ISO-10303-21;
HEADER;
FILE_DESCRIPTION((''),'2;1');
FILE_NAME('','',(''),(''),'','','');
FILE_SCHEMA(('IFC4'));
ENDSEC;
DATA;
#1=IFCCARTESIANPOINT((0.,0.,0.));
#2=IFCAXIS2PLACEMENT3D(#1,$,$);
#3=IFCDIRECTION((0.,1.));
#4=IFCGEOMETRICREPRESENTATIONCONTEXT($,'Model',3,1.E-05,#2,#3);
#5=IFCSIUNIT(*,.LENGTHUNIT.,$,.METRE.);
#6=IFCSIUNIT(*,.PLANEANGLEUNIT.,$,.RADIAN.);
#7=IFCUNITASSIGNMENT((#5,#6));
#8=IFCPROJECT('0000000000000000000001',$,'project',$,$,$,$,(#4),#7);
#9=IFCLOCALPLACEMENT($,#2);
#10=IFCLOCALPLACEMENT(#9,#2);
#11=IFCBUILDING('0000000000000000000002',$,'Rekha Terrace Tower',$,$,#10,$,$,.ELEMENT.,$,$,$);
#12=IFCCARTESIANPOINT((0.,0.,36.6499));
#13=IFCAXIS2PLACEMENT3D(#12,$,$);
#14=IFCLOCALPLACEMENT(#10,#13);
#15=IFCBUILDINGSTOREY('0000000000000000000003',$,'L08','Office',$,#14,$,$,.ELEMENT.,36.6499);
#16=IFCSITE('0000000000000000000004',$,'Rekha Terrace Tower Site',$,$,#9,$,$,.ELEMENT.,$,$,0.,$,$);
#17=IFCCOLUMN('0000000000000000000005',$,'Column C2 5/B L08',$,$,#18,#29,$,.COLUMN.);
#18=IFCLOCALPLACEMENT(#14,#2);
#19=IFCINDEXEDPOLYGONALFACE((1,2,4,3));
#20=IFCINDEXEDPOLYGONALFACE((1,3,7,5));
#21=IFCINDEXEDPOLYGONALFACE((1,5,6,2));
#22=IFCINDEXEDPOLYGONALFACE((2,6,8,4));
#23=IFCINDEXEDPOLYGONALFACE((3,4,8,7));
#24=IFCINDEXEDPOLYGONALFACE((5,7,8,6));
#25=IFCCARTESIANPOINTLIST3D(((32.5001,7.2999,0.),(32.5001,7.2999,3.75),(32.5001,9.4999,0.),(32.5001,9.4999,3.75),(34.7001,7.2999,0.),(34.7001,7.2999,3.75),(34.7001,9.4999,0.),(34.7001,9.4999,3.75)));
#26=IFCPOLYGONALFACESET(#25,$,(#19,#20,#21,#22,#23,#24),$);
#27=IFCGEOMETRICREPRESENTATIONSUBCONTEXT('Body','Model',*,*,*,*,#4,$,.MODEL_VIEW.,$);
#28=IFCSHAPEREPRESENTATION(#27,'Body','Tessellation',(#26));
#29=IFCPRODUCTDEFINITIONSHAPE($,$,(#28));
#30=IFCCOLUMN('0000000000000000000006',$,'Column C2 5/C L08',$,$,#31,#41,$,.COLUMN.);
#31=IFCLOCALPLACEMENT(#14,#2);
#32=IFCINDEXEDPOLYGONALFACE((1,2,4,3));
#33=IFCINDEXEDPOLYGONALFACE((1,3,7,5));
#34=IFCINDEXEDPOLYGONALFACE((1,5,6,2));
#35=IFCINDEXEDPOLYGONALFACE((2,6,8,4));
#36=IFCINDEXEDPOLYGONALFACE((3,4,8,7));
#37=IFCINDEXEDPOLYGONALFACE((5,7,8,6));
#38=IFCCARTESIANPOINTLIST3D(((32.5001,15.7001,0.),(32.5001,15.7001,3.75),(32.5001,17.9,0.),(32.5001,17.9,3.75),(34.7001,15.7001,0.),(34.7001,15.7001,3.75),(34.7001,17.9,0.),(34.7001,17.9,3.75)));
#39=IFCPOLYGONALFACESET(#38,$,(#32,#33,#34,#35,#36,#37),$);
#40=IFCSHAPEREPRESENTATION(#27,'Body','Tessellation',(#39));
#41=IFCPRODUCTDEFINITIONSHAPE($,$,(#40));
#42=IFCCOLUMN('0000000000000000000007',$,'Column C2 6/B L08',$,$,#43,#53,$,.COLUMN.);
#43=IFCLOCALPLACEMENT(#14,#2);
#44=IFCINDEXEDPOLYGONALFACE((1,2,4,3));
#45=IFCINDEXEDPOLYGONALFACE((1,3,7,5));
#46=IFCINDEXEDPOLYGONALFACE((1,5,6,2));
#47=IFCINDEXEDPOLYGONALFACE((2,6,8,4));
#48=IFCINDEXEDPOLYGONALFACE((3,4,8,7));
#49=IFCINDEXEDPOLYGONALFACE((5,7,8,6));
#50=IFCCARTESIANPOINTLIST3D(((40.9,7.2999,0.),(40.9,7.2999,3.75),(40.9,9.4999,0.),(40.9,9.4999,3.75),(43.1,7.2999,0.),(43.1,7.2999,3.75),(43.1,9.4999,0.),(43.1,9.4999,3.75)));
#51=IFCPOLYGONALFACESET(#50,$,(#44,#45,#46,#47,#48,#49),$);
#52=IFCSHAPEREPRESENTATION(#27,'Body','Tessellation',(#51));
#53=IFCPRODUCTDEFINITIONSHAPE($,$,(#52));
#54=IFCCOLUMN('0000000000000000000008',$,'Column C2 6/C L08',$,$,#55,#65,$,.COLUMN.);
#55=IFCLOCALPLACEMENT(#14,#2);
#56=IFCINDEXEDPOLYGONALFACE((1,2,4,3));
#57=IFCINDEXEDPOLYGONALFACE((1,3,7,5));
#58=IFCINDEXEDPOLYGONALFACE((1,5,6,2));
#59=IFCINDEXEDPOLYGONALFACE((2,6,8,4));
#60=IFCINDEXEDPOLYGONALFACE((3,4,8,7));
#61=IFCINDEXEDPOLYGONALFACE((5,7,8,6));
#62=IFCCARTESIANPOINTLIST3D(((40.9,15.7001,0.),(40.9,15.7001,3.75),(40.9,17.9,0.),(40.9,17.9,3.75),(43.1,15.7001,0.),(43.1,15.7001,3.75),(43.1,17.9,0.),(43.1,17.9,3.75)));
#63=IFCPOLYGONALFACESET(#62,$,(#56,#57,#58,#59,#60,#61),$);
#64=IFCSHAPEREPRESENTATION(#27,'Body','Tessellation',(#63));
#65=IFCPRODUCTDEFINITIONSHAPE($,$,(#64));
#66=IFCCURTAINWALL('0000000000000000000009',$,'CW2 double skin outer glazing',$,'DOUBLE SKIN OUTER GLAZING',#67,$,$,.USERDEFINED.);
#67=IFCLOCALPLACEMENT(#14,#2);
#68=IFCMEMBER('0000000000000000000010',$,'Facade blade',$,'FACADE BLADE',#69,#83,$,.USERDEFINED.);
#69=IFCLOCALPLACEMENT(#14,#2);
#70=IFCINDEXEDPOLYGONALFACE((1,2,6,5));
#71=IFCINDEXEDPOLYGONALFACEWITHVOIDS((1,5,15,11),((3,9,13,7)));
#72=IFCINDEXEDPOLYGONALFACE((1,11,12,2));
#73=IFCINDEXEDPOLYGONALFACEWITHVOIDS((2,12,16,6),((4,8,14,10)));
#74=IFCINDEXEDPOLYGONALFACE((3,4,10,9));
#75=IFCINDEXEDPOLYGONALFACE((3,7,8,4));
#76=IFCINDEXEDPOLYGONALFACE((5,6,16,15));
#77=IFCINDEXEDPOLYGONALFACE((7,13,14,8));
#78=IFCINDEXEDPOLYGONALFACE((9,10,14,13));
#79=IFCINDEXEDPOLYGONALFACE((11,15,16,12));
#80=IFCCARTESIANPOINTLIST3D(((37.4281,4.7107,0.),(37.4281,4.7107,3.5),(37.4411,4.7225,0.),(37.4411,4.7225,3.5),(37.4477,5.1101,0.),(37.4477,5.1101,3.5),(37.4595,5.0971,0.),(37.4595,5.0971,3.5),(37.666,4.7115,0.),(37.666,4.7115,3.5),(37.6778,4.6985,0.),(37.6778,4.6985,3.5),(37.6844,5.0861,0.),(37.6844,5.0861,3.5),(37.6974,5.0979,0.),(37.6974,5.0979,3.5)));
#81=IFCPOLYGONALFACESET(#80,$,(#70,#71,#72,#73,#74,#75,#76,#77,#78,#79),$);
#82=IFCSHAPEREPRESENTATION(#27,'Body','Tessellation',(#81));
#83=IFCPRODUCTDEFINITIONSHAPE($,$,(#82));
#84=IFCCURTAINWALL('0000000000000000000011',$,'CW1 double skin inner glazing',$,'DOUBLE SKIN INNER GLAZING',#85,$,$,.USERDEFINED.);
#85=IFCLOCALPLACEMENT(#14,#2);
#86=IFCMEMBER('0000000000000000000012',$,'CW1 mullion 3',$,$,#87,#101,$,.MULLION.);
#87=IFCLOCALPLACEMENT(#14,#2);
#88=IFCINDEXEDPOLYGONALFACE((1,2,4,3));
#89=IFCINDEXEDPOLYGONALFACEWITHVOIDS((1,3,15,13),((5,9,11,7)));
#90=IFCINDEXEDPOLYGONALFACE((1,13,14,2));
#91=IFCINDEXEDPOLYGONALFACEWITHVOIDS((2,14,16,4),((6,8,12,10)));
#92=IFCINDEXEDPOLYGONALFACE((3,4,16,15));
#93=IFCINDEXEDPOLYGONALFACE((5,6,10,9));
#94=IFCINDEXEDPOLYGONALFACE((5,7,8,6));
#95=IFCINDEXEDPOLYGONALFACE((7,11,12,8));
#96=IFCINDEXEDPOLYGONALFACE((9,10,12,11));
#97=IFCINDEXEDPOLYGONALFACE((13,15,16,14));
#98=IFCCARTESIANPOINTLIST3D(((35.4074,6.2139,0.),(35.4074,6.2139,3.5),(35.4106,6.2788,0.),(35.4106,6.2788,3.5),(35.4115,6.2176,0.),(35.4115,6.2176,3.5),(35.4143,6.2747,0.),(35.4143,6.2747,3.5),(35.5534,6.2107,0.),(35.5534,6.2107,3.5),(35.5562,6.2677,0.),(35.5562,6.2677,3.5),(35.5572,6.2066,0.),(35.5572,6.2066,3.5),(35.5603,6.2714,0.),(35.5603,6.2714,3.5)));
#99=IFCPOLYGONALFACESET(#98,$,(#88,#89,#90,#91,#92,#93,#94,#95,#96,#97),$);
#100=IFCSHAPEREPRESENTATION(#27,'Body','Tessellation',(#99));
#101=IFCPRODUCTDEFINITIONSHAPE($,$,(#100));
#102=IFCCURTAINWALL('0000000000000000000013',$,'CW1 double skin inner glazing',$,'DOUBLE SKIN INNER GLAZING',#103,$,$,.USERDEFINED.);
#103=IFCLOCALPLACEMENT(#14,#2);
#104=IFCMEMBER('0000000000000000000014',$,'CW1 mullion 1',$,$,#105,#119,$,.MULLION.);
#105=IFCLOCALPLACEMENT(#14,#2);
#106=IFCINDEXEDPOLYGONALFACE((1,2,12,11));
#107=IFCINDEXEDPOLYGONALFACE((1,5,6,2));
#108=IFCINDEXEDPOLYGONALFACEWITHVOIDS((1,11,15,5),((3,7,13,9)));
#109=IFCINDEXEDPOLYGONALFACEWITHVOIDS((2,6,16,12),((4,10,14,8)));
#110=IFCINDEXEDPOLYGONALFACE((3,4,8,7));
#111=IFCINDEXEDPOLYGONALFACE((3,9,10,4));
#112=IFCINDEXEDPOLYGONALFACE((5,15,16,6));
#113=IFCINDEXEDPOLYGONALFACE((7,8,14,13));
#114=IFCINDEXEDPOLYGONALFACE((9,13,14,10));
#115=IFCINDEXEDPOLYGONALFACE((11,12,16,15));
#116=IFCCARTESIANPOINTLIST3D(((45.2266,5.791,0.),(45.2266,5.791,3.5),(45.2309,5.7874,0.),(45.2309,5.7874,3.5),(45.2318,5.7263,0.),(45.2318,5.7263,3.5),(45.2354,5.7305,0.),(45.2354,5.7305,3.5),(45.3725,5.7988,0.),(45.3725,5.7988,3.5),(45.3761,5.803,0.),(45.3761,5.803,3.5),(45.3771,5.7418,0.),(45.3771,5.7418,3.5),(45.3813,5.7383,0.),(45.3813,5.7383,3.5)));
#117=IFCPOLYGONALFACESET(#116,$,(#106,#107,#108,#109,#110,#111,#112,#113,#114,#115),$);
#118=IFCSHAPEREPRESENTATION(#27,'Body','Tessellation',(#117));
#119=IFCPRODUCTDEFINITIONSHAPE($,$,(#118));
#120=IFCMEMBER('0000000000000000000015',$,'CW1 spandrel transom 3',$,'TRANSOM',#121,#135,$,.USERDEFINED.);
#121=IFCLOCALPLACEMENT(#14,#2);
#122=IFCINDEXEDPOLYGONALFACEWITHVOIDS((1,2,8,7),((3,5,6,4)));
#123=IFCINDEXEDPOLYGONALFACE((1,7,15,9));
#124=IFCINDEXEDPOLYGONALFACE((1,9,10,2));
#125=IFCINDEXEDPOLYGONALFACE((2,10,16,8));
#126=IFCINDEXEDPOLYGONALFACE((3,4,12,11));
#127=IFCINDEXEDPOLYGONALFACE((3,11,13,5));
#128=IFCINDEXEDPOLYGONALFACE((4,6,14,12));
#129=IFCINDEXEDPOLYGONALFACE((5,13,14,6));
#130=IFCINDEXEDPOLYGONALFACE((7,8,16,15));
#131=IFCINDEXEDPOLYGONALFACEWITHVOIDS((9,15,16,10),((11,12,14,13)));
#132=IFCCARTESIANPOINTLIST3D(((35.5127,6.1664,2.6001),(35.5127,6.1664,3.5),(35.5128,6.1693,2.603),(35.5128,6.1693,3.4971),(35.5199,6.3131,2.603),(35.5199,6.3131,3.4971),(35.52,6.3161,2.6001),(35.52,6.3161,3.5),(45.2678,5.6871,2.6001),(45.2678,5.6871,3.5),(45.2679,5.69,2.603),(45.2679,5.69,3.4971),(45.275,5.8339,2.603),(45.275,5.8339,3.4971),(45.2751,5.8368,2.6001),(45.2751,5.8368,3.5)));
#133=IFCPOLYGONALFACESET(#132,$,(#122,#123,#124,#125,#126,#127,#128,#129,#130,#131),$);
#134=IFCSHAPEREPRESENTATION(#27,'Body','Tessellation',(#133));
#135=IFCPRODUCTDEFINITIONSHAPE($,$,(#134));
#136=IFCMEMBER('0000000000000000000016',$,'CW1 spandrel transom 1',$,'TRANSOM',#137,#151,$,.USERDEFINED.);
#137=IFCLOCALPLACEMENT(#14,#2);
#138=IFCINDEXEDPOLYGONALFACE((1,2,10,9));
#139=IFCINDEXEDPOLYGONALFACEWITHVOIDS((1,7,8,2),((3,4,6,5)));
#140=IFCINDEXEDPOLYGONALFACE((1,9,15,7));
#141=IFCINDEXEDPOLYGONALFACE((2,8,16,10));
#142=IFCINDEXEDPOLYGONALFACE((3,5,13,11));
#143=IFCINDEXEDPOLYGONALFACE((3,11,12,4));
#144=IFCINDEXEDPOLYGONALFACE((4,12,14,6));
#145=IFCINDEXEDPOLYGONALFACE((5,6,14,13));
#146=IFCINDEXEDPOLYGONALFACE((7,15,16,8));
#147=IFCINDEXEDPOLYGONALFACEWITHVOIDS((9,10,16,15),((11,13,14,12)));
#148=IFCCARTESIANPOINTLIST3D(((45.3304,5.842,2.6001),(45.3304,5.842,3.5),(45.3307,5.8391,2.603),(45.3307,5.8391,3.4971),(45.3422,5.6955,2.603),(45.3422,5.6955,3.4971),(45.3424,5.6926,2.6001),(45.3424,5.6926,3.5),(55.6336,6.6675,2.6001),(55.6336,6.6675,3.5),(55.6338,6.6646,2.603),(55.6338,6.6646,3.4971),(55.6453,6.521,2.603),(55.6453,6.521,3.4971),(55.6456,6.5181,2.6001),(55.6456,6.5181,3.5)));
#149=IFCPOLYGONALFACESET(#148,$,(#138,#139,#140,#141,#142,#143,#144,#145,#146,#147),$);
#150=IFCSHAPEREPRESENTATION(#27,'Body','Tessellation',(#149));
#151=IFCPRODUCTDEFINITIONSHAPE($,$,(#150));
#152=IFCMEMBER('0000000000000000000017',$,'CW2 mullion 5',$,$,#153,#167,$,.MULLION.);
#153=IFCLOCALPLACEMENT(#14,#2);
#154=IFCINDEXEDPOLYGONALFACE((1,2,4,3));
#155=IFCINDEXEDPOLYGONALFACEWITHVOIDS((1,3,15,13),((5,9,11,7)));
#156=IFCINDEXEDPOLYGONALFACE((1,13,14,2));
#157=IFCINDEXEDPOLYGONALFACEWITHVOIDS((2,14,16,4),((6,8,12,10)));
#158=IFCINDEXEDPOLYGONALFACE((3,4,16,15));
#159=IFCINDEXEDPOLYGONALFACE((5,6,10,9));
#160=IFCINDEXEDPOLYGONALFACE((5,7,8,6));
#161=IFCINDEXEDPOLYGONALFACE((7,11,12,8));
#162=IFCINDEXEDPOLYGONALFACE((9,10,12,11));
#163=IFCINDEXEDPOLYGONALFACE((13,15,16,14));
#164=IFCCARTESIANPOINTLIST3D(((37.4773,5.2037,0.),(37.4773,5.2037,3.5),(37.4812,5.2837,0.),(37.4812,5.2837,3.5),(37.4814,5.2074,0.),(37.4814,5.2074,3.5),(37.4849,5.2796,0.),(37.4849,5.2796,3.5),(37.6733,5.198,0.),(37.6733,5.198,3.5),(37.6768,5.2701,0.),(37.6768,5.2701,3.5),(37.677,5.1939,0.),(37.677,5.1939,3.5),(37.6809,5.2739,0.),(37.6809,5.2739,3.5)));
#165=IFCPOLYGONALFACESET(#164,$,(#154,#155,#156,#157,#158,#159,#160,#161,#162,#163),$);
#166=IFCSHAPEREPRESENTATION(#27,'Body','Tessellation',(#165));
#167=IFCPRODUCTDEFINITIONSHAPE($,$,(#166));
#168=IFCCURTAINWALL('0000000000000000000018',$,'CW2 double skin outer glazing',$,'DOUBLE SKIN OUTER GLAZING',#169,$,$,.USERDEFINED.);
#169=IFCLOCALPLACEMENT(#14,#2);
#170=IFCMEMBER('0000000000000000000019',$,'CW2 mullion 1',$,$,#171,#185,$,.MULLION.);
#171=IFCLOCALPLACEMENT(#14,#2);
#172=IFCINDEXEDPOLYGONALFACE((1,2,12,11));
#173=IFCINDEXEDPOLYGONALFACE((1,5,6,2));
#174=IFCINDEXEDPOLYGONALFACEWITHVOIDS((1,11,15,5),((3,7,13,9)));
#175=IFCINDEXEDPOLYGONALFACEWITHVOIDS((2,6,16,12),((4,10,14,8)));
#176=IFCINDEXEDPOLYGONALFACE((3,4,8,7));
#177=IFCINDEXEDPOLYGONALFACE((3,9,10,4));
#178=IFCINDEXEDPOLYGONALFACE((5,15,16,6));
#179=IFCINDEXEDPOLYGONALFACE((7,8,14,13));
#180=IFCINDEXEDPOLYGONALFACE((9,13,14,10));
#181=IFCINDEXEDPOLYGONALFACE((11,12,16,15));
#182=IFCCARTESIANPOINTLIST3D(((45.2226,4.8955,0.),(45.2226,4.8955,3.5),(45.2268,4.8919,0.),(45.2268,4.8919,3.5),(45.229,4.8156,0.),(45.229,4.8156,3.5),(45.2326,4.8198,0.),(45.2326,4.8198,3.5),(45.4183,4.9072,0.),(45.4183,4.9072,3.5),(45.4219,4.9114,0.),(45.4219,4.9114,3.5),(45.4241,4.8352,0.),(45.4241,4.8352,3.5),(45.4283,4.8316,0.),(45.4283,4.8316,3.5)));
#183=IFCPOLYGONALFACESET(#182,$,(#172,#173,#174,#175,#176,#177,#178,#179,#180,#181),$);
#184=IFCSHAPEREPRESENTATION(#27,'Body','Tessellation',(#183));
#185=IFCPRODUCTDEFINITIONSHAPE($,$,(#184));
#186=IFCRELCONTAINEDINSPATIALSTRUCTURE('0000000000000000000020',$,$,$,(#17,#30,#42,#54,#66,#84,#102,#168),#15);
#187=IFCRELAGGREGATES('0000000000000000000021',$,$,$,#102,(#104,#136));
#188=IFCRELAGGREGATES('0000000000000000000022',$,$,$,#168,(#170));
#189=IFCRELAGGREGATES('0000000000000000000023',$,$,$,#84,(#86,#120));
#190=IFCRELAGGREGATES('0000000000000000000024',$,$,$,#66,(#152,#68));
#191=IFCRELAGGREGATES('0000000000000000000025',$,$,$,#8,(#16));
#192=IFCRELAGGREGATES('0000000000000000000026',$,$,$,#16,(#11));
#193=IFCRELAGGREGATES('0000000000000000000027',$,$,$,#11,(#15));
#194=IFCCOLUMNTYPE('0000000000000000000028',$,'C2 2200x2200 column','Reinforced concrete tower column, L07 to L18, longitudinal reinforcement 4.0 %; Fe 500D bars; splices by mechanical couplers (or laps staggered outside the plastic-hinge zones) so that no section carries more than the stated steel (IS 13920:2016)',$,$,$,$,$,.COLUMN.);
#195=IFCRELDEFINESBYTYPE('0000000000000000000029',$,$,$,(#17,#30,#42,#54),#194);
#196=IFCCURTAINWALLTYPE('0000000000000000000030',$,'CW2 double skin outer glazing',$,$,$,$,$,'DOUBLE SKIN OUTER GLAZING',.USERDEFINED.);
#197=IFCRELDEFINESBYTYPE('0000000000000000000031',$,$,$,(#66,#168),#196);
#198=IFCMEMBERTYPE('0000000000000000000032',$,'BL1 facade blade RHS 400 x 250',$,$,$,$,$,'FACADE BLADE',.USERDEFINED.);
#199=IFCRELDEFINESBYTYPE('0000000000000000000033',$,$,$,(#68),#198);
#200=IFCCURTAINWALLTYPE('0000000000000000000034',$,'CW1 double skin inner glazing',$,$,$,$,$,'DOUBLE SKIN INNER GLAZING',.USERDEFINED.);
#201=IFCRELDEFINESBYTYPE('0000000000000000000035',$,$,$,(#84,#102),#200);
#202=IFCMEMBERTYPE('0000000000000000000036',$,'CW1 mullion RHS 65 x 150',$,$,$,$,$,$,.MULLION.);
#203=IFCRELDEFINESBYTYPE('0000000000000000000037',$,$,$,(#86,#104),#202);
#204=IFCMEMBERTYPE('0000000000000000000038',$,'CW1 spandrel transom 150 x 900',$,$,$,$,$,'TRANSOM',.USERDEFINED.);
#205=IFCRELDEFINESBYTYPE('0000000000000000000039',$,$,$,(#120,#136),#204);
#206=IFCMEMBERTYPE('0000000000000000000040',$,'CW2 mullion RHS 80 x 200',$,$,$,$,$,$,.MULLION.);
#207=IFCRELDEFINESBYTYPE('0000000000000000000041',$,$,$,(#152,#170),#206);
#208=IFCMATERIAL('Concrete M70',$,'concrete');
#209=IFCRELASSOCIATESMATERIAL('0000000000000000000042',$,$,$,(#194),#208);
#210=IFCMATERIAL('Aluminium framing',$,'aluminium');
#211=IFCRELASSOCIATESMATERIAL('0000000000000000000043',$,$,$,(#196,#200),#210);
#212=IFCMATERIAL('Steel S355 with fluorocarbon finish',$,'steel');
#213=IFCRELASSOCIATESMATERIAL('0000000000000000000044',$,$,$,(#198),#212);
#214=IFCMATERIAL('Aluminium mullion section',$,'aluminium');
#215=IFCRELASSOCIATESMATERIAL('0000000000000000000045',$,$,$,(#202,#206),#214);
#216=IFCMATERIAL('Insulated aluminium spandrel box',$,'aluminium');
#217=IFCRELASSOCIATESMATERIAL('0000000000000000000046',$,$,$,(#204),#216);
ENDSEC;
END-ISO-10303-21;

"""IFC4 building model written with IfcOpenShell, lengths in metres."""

from ifc_helpers import new_model, si_unit, direction, frame, origin, origin_2d, place, context, subcontext, project, spatial, rectangle, hollow_rectangle, extrude, material, material_profile, profile_set, type_object, element, aggregate, save


model = new_model("IFC4")

# Units and contexts
model_context = context("Model", 3, precision=1e-05, world=origin(), true_north=direction((0.0, 1.0)))
body_context = subcontext(model_context, "Body", "Model", "MODEL_VIEW")
ifc_project = project(units=[si_unit("LENGTHUNIT", "METRE"), si_unit("PLANEANGLEUNIT", "RADIAN")], contexts=[model_context])

# Site, building, storey
site_placement = place(None, origin())
site = spatial("IfcSite", under=ifc_project, at=site_placement, Name="Rekha Terrace Tower Site", CompositionType="ELEMENT", RefElevation=0.0)
building_placement = place(site_placement, origin())
building = spatial("IfcBuilding", under=site, at=building_placement, Name="Rekha Terrace Tower", CompositionType="ELEMENT")
storey_placement = place(building_placement, frame((0.0, 0.0, 36.6499)))
storey = spatial("IfcBuildingStorey", under=building, at=storey_placement, Name="L08", Description="Office", CompositionType="ELEMENT", Elevation=36.6499)

# Columns
ifc_material_1 = material(Name="Concrete M70", Category="concrete")
ifc_material_profile_1 = material_profile(ifc_material_1, rectangle(XDim=2.2, YDim=2.2, at=origin_2d()), Name="RC 2200x2200")
ifc_profile_set_1 = profile_set([ifc_material_profile_1], Name="Concrete M70")
column_type = type_object("IfcColumnType", Name="C2 2200x2200 column", Description="Reinforced concrete tower column, L07 to L18, longitudinal reinforcement 4.0 %; Fe 500D bars; splices by mechanical couplers (or laps staggered outside the plastic-hinge zones) so that no section carries more than the stated steel (IS 13920:2016)", PredefinedType="COLUMN", material=ifc_profile_set_1)
for number, where, z_axis, x_axis, name in (
    (1, (33.6001, 8.3999, 0.0), (0.0, 0.0, 1.0), (1.0, 0.0, 0.0), "Column C2 5/B L08"),
    (2, (33.6001, 16.8, 0.0), (0.0, 0.0, 1.0), (1.0, 0.0, 0.0), "Column C2 5/C L08"),
    (3, (42.0, 8.3999, 0.0), (0.0, 0.0, 1.0), (1.0, 0.0, 0.0), "Column C2 6/B L08"),
    (4, (42.0, 16.8, 0.0), (0.0, 0.0, 1.0), (1.0, 0.0, 0.0), "Column C2 6/C L08"),
):
    element("IfcColumn", number, at=place(storey_placement, frame(where, z_axis=z_axis, x_axis=x_axis)), inside=storey, type_object=column_type, Name=name, PredefinedType="COLUMN", context=body_context, shape_type="SweptSolid", body=[
        extrude(rectangle(XDim=2.2, YDim=2.2, at=origin_2d()), origin(), (0.0, 0.0, 1.0), 3.75),
    ])

# Curtain walls, members
ifc_material_2 = material(Name="Aluminium framing", Category="aluminium")
curtain_wall_type_1 = type_object("IfcCurtainWallType", Name="CW2 double skin outer glazing", ElementType="DOUBLE SKIN OUTER GLAZING", PredefinedType="USERDEFINED", material=ifc_material_2)
curtain_wall_1_placement = place(storey_placement, origin())
curtain_wall_1 = element("IfcCurtainWall", 5, at=curtain_wall_1_placement, inside=storey, type_object=curtain_wall_type_1, Name="CW2 double skin outer glazing", ObjectType="DOUBLE SKIN OUTER GLAZING", PredefinedType="USERDEFINED")
ifc_material_3 = material(Name="Steel S355 with fluorocarbon finish", Category="steel")
ifc_material_profile_2 = material_profile(ifc_material_3, hollow_rectangle(XDim=0.25, YDim=0.3999, WallThickness=0.0125, at=origin_2d()), Name="RHS400x250x12.5")
ifc_profile_set_2 = profile_set([ifc_material_profile_2], Name="Steel S355 with fluorocarbon finish")
member_type_1 = type_object("IfcMemberType", Name="BL1 facade blade RHS 400 x 250", ElementType="FACADE BLADE", PredefinedType="USERDEFINED", material=ifc_profile_set_2)
member_1_placement = place(storey_placement, frame((37.5627, 4.9043, 0.0), z_axis=(0.0, 0.0, 1.0), x_axis=(0.998796, -0.049052, 0.0)))
member_1 = element("IfcMember", 6, at=member_1_placement, type_object=member_type_1, Name="Facade blade", ObjectType="FACADE BLADE", PredefinedType="USERDEFINED", context=body_context, shape_type="SweptSolid", body=[
    extrude(hollow_rectangle(XDim=0.25, YDim=0.3999, WallThickness=0.0125, at=origin_2d()), origin(), (0.0, 0.0, 1.0), 3.5),
])
curtain_wall_type_2 = type_object("IfcCurtainWallType", Name="CW1 double skin inner glazing", ElementType="DOUBLE SKIN INNER GLAZING", PredefinedType="USERDEFINED", material=ifc_material_2)
curtain_wall_2_placement = place(storey_placement, origin())
curtain_wall_2 = element("IfcCurtainWall", 7, at=curtain_wall_2_placement, inside=storey, type_object=curtain_wall_type_2, Name="CW1 double skin inner glazing", ObjectType="DOUBLE SKIN INNER GLAZING", PredefinedType="USERDEFINED")
ifc_material_4 = material(Name="Aluminium mullion section", Category="aluminium")
ifc_material_profile_3 = material_profile(ifc_material_4, hollow_rectangle(XDim=0.0649, YDim=0.1499, WallThickness=0.0039, at=origin_2d()), Name="AL RHS 65x150")
ifc_profile_set_3 = profile_set([ifc_material_profile_3], Name="Aluminium mullion section")
member_type_2 = type_object("IfcMemberType", Name="CW1 mullion RHS 65 x 150", PredefinedType="MULLION", material=ifc_profile_set_3)
member_2_placement = place(storey_placement, frame((35.4839, 6.2427, 0.0), z_axis=(0.0, 0.0, 1.0), x_axis=(0.049052, 0.998796, 0.0)))
member_2 = element("IfcMember", 8, at=member_2_placement, type_object=member_type_2, Name="CW1 mullion 3", PredefinedType="MULLION", context=body_context, shape_type="SweptSolid", body=[
    extrude(hollow_rectangle(XDim=0.0649, YDim=0.1499, WallThickness=0.0039, at=origin_2d()), origin(), (0.0, 0.0, 1.0), 3.5),
])
curtain_wall_3_placement = place(storey_placement, origin())
curtain_wall_3 = element("IfcCurtainWall", 9, at=curtain_wall_3_placement, inside=storey, type_object=curtain_wall_type_2, Name="CW1 double skin inner glazing", ObjectType="DOUBLE SKIN INNER GLAZING", PredefinedType="USERDEFINED")
member_3_placement = place(storey_placement, frame((45.304, 5.7646, 0.0), z_axis=(0.0, 0.0, 1.0), x_axis=(-0.079872, 0.996805, 0.0)))
member_3 = element("IfcMember", 10, at=member_3_placement, type_object=member_type_2, Name="CW1 mullion 1", PredefinedType="MULLION", context=body_context, shape_type="SweptSolid", body=[
    extrude(hollow_rectangle(XDim=0.0649, YDim=0.1499, WallThickness=0.0039, at=origin_2d()), origin(), (0.0, 0.0, 1.0), 3.5),
])

# Members
ifc_material_5 = material(Name="Insulated aluminium spandrel box", Category="aluminium")
ifc_material_profile_4 = material_profile(ifc_material_5, hollow_rectangle(XDim=0.1499, YDim=0.8999, WallThickness=0.0029, at=origin_2d()), Name="AL SPANDREL BOX 150x900")
ifc_profile_set_4 = profile_set([ifc_material_profile_4], Name="Insulated aluminium spandrel box")
member_type_3 = type_object("IfcMemberType", Name="CW1 spandrel transom 150 x 900", ElementType="TRANSOM", PredefinedType="USERDEFINED", material=ifc_profile_set_4)
member_4_placement = place(storey_placement, frame((35.5164, 6.2412, 3.05), z_axis=(0.998795, -0.049069, 0.0), x_axis=(0.049069, 0.998795, 0.0)))
member_4 = element("IfcMember", 11, at=member_4_placement, type_object=member_type_3, Name="CW1 spandrel transom 3", ObjectType="TRANSOM", PredefinedType="USERDEFINED", context=body_context, shape_type="SweptSolid", body=[
    extrude(hollow_rectangle(XDim=0.1499, YDim=0.8999, WallThickness=0.0029, at=origin_2d()), origin(), (0.0, 0.0, 1.0), 9.7668),
])
member_5_placement = place(storey_placement, frame((45.3364, 5.7673, 3.05), z_axis=(0.996806, 0.079859, 0.0), x_axis=(-0.079859, 0.996806, 0.0)))
member_5 = element("IfcMember", 12, at=member_5_placement, type_object=member_type_3, Name="CW1 spandrel transom 1", ObjectType="TRANSOM", PredefinedType="USERDEFINED", context=body_context, shape_type="SweptSolid", body=[
    extrude(hollow_rectangle(XDim=0.1499, YDim=0.8999, WallThickness=0.0029, at=origin_2d()), origin(), (0.0, 0.0, 1.0), 10.3362),
])
aggregate(curtain_wall_3, [member_3, member_5])
ifc_material_profile_5 = material_profile(ifc_material_4, hollow_rectangle(XDim=0.0801, YDim=0.2, WallThickness=0.0039, at=origin_2d()), Name="AL RHS 80x200")
ifc_profile_set_5 = profile_set([ifc_material_profile_5], Name="Aluminium mullion section")
member_type_4 = type_object("IfcMemberType", Name="CW2 mullion RHS 80 x 200", PredefinedType="MULLION", material=ifc_profile_set_5)
member_6_placement = place(storey_placement, frame((37.5791, 5.2388, 0.0), z_axis=(0.0, 0.0, 1.0), x_axis=(0.049052, 0.998796, 0.0)))
member_6 = element("IfcMember", 13, at=member_6_placement, type_object=member_type_4, Name="CW2 mullion 5", PredefinedType="MULLION", context=body_context, shape_type="SweptSolid", body=[
    extrude(hollow_rectangle(XDim=0.0801, YDim=0.2, WallThickness=0.0039, at=origin_2d()), origin(), (0.0, 0.0, 1.0), 3.5),
])

# Curtain wall, member
curtain_wall_4_placement = place(storey_placement, origin())
curtain_wall_4 = element("IfcCurtainWall", 14, at=curtain_wall_4_placement, inside=storey, type_object=curtain_wall_type_1, Name="CW2 double skin outer glazing", ObjectType="DOUBLE SKIN OUTER GLAZING", PredefinedType="USERDEFINED")
member_7_placement = place(storey_placement, frame((45.3254, 4.8635, 0.0), z_axis=(0.0, 0.0, 1.0), x_axis=(-0.079872, 0.996805, 0.0)))
member_7 = element("IfcMember", 15, at=member_7_placement, type_object=member_type_4, Name="CW2 mullion 1", PredefinedType="MULLION", context=body_context, shape_type="SweptSolid", body=[
    extrude(hollow_rectangle(XDim=0.0801, YDim=0.2, WallThickness=0.0039, at=origin_2d()), origin(), (0.0, 0.0, 1.0), 3.5),
])

aggregate(curtain_wall_4, [member_7])

aggregate(curtain_wall_2, [member_2, member_4])
aggregate(curtain_wall_1, [member_6, member_1])

save(model, "model.ifc")
